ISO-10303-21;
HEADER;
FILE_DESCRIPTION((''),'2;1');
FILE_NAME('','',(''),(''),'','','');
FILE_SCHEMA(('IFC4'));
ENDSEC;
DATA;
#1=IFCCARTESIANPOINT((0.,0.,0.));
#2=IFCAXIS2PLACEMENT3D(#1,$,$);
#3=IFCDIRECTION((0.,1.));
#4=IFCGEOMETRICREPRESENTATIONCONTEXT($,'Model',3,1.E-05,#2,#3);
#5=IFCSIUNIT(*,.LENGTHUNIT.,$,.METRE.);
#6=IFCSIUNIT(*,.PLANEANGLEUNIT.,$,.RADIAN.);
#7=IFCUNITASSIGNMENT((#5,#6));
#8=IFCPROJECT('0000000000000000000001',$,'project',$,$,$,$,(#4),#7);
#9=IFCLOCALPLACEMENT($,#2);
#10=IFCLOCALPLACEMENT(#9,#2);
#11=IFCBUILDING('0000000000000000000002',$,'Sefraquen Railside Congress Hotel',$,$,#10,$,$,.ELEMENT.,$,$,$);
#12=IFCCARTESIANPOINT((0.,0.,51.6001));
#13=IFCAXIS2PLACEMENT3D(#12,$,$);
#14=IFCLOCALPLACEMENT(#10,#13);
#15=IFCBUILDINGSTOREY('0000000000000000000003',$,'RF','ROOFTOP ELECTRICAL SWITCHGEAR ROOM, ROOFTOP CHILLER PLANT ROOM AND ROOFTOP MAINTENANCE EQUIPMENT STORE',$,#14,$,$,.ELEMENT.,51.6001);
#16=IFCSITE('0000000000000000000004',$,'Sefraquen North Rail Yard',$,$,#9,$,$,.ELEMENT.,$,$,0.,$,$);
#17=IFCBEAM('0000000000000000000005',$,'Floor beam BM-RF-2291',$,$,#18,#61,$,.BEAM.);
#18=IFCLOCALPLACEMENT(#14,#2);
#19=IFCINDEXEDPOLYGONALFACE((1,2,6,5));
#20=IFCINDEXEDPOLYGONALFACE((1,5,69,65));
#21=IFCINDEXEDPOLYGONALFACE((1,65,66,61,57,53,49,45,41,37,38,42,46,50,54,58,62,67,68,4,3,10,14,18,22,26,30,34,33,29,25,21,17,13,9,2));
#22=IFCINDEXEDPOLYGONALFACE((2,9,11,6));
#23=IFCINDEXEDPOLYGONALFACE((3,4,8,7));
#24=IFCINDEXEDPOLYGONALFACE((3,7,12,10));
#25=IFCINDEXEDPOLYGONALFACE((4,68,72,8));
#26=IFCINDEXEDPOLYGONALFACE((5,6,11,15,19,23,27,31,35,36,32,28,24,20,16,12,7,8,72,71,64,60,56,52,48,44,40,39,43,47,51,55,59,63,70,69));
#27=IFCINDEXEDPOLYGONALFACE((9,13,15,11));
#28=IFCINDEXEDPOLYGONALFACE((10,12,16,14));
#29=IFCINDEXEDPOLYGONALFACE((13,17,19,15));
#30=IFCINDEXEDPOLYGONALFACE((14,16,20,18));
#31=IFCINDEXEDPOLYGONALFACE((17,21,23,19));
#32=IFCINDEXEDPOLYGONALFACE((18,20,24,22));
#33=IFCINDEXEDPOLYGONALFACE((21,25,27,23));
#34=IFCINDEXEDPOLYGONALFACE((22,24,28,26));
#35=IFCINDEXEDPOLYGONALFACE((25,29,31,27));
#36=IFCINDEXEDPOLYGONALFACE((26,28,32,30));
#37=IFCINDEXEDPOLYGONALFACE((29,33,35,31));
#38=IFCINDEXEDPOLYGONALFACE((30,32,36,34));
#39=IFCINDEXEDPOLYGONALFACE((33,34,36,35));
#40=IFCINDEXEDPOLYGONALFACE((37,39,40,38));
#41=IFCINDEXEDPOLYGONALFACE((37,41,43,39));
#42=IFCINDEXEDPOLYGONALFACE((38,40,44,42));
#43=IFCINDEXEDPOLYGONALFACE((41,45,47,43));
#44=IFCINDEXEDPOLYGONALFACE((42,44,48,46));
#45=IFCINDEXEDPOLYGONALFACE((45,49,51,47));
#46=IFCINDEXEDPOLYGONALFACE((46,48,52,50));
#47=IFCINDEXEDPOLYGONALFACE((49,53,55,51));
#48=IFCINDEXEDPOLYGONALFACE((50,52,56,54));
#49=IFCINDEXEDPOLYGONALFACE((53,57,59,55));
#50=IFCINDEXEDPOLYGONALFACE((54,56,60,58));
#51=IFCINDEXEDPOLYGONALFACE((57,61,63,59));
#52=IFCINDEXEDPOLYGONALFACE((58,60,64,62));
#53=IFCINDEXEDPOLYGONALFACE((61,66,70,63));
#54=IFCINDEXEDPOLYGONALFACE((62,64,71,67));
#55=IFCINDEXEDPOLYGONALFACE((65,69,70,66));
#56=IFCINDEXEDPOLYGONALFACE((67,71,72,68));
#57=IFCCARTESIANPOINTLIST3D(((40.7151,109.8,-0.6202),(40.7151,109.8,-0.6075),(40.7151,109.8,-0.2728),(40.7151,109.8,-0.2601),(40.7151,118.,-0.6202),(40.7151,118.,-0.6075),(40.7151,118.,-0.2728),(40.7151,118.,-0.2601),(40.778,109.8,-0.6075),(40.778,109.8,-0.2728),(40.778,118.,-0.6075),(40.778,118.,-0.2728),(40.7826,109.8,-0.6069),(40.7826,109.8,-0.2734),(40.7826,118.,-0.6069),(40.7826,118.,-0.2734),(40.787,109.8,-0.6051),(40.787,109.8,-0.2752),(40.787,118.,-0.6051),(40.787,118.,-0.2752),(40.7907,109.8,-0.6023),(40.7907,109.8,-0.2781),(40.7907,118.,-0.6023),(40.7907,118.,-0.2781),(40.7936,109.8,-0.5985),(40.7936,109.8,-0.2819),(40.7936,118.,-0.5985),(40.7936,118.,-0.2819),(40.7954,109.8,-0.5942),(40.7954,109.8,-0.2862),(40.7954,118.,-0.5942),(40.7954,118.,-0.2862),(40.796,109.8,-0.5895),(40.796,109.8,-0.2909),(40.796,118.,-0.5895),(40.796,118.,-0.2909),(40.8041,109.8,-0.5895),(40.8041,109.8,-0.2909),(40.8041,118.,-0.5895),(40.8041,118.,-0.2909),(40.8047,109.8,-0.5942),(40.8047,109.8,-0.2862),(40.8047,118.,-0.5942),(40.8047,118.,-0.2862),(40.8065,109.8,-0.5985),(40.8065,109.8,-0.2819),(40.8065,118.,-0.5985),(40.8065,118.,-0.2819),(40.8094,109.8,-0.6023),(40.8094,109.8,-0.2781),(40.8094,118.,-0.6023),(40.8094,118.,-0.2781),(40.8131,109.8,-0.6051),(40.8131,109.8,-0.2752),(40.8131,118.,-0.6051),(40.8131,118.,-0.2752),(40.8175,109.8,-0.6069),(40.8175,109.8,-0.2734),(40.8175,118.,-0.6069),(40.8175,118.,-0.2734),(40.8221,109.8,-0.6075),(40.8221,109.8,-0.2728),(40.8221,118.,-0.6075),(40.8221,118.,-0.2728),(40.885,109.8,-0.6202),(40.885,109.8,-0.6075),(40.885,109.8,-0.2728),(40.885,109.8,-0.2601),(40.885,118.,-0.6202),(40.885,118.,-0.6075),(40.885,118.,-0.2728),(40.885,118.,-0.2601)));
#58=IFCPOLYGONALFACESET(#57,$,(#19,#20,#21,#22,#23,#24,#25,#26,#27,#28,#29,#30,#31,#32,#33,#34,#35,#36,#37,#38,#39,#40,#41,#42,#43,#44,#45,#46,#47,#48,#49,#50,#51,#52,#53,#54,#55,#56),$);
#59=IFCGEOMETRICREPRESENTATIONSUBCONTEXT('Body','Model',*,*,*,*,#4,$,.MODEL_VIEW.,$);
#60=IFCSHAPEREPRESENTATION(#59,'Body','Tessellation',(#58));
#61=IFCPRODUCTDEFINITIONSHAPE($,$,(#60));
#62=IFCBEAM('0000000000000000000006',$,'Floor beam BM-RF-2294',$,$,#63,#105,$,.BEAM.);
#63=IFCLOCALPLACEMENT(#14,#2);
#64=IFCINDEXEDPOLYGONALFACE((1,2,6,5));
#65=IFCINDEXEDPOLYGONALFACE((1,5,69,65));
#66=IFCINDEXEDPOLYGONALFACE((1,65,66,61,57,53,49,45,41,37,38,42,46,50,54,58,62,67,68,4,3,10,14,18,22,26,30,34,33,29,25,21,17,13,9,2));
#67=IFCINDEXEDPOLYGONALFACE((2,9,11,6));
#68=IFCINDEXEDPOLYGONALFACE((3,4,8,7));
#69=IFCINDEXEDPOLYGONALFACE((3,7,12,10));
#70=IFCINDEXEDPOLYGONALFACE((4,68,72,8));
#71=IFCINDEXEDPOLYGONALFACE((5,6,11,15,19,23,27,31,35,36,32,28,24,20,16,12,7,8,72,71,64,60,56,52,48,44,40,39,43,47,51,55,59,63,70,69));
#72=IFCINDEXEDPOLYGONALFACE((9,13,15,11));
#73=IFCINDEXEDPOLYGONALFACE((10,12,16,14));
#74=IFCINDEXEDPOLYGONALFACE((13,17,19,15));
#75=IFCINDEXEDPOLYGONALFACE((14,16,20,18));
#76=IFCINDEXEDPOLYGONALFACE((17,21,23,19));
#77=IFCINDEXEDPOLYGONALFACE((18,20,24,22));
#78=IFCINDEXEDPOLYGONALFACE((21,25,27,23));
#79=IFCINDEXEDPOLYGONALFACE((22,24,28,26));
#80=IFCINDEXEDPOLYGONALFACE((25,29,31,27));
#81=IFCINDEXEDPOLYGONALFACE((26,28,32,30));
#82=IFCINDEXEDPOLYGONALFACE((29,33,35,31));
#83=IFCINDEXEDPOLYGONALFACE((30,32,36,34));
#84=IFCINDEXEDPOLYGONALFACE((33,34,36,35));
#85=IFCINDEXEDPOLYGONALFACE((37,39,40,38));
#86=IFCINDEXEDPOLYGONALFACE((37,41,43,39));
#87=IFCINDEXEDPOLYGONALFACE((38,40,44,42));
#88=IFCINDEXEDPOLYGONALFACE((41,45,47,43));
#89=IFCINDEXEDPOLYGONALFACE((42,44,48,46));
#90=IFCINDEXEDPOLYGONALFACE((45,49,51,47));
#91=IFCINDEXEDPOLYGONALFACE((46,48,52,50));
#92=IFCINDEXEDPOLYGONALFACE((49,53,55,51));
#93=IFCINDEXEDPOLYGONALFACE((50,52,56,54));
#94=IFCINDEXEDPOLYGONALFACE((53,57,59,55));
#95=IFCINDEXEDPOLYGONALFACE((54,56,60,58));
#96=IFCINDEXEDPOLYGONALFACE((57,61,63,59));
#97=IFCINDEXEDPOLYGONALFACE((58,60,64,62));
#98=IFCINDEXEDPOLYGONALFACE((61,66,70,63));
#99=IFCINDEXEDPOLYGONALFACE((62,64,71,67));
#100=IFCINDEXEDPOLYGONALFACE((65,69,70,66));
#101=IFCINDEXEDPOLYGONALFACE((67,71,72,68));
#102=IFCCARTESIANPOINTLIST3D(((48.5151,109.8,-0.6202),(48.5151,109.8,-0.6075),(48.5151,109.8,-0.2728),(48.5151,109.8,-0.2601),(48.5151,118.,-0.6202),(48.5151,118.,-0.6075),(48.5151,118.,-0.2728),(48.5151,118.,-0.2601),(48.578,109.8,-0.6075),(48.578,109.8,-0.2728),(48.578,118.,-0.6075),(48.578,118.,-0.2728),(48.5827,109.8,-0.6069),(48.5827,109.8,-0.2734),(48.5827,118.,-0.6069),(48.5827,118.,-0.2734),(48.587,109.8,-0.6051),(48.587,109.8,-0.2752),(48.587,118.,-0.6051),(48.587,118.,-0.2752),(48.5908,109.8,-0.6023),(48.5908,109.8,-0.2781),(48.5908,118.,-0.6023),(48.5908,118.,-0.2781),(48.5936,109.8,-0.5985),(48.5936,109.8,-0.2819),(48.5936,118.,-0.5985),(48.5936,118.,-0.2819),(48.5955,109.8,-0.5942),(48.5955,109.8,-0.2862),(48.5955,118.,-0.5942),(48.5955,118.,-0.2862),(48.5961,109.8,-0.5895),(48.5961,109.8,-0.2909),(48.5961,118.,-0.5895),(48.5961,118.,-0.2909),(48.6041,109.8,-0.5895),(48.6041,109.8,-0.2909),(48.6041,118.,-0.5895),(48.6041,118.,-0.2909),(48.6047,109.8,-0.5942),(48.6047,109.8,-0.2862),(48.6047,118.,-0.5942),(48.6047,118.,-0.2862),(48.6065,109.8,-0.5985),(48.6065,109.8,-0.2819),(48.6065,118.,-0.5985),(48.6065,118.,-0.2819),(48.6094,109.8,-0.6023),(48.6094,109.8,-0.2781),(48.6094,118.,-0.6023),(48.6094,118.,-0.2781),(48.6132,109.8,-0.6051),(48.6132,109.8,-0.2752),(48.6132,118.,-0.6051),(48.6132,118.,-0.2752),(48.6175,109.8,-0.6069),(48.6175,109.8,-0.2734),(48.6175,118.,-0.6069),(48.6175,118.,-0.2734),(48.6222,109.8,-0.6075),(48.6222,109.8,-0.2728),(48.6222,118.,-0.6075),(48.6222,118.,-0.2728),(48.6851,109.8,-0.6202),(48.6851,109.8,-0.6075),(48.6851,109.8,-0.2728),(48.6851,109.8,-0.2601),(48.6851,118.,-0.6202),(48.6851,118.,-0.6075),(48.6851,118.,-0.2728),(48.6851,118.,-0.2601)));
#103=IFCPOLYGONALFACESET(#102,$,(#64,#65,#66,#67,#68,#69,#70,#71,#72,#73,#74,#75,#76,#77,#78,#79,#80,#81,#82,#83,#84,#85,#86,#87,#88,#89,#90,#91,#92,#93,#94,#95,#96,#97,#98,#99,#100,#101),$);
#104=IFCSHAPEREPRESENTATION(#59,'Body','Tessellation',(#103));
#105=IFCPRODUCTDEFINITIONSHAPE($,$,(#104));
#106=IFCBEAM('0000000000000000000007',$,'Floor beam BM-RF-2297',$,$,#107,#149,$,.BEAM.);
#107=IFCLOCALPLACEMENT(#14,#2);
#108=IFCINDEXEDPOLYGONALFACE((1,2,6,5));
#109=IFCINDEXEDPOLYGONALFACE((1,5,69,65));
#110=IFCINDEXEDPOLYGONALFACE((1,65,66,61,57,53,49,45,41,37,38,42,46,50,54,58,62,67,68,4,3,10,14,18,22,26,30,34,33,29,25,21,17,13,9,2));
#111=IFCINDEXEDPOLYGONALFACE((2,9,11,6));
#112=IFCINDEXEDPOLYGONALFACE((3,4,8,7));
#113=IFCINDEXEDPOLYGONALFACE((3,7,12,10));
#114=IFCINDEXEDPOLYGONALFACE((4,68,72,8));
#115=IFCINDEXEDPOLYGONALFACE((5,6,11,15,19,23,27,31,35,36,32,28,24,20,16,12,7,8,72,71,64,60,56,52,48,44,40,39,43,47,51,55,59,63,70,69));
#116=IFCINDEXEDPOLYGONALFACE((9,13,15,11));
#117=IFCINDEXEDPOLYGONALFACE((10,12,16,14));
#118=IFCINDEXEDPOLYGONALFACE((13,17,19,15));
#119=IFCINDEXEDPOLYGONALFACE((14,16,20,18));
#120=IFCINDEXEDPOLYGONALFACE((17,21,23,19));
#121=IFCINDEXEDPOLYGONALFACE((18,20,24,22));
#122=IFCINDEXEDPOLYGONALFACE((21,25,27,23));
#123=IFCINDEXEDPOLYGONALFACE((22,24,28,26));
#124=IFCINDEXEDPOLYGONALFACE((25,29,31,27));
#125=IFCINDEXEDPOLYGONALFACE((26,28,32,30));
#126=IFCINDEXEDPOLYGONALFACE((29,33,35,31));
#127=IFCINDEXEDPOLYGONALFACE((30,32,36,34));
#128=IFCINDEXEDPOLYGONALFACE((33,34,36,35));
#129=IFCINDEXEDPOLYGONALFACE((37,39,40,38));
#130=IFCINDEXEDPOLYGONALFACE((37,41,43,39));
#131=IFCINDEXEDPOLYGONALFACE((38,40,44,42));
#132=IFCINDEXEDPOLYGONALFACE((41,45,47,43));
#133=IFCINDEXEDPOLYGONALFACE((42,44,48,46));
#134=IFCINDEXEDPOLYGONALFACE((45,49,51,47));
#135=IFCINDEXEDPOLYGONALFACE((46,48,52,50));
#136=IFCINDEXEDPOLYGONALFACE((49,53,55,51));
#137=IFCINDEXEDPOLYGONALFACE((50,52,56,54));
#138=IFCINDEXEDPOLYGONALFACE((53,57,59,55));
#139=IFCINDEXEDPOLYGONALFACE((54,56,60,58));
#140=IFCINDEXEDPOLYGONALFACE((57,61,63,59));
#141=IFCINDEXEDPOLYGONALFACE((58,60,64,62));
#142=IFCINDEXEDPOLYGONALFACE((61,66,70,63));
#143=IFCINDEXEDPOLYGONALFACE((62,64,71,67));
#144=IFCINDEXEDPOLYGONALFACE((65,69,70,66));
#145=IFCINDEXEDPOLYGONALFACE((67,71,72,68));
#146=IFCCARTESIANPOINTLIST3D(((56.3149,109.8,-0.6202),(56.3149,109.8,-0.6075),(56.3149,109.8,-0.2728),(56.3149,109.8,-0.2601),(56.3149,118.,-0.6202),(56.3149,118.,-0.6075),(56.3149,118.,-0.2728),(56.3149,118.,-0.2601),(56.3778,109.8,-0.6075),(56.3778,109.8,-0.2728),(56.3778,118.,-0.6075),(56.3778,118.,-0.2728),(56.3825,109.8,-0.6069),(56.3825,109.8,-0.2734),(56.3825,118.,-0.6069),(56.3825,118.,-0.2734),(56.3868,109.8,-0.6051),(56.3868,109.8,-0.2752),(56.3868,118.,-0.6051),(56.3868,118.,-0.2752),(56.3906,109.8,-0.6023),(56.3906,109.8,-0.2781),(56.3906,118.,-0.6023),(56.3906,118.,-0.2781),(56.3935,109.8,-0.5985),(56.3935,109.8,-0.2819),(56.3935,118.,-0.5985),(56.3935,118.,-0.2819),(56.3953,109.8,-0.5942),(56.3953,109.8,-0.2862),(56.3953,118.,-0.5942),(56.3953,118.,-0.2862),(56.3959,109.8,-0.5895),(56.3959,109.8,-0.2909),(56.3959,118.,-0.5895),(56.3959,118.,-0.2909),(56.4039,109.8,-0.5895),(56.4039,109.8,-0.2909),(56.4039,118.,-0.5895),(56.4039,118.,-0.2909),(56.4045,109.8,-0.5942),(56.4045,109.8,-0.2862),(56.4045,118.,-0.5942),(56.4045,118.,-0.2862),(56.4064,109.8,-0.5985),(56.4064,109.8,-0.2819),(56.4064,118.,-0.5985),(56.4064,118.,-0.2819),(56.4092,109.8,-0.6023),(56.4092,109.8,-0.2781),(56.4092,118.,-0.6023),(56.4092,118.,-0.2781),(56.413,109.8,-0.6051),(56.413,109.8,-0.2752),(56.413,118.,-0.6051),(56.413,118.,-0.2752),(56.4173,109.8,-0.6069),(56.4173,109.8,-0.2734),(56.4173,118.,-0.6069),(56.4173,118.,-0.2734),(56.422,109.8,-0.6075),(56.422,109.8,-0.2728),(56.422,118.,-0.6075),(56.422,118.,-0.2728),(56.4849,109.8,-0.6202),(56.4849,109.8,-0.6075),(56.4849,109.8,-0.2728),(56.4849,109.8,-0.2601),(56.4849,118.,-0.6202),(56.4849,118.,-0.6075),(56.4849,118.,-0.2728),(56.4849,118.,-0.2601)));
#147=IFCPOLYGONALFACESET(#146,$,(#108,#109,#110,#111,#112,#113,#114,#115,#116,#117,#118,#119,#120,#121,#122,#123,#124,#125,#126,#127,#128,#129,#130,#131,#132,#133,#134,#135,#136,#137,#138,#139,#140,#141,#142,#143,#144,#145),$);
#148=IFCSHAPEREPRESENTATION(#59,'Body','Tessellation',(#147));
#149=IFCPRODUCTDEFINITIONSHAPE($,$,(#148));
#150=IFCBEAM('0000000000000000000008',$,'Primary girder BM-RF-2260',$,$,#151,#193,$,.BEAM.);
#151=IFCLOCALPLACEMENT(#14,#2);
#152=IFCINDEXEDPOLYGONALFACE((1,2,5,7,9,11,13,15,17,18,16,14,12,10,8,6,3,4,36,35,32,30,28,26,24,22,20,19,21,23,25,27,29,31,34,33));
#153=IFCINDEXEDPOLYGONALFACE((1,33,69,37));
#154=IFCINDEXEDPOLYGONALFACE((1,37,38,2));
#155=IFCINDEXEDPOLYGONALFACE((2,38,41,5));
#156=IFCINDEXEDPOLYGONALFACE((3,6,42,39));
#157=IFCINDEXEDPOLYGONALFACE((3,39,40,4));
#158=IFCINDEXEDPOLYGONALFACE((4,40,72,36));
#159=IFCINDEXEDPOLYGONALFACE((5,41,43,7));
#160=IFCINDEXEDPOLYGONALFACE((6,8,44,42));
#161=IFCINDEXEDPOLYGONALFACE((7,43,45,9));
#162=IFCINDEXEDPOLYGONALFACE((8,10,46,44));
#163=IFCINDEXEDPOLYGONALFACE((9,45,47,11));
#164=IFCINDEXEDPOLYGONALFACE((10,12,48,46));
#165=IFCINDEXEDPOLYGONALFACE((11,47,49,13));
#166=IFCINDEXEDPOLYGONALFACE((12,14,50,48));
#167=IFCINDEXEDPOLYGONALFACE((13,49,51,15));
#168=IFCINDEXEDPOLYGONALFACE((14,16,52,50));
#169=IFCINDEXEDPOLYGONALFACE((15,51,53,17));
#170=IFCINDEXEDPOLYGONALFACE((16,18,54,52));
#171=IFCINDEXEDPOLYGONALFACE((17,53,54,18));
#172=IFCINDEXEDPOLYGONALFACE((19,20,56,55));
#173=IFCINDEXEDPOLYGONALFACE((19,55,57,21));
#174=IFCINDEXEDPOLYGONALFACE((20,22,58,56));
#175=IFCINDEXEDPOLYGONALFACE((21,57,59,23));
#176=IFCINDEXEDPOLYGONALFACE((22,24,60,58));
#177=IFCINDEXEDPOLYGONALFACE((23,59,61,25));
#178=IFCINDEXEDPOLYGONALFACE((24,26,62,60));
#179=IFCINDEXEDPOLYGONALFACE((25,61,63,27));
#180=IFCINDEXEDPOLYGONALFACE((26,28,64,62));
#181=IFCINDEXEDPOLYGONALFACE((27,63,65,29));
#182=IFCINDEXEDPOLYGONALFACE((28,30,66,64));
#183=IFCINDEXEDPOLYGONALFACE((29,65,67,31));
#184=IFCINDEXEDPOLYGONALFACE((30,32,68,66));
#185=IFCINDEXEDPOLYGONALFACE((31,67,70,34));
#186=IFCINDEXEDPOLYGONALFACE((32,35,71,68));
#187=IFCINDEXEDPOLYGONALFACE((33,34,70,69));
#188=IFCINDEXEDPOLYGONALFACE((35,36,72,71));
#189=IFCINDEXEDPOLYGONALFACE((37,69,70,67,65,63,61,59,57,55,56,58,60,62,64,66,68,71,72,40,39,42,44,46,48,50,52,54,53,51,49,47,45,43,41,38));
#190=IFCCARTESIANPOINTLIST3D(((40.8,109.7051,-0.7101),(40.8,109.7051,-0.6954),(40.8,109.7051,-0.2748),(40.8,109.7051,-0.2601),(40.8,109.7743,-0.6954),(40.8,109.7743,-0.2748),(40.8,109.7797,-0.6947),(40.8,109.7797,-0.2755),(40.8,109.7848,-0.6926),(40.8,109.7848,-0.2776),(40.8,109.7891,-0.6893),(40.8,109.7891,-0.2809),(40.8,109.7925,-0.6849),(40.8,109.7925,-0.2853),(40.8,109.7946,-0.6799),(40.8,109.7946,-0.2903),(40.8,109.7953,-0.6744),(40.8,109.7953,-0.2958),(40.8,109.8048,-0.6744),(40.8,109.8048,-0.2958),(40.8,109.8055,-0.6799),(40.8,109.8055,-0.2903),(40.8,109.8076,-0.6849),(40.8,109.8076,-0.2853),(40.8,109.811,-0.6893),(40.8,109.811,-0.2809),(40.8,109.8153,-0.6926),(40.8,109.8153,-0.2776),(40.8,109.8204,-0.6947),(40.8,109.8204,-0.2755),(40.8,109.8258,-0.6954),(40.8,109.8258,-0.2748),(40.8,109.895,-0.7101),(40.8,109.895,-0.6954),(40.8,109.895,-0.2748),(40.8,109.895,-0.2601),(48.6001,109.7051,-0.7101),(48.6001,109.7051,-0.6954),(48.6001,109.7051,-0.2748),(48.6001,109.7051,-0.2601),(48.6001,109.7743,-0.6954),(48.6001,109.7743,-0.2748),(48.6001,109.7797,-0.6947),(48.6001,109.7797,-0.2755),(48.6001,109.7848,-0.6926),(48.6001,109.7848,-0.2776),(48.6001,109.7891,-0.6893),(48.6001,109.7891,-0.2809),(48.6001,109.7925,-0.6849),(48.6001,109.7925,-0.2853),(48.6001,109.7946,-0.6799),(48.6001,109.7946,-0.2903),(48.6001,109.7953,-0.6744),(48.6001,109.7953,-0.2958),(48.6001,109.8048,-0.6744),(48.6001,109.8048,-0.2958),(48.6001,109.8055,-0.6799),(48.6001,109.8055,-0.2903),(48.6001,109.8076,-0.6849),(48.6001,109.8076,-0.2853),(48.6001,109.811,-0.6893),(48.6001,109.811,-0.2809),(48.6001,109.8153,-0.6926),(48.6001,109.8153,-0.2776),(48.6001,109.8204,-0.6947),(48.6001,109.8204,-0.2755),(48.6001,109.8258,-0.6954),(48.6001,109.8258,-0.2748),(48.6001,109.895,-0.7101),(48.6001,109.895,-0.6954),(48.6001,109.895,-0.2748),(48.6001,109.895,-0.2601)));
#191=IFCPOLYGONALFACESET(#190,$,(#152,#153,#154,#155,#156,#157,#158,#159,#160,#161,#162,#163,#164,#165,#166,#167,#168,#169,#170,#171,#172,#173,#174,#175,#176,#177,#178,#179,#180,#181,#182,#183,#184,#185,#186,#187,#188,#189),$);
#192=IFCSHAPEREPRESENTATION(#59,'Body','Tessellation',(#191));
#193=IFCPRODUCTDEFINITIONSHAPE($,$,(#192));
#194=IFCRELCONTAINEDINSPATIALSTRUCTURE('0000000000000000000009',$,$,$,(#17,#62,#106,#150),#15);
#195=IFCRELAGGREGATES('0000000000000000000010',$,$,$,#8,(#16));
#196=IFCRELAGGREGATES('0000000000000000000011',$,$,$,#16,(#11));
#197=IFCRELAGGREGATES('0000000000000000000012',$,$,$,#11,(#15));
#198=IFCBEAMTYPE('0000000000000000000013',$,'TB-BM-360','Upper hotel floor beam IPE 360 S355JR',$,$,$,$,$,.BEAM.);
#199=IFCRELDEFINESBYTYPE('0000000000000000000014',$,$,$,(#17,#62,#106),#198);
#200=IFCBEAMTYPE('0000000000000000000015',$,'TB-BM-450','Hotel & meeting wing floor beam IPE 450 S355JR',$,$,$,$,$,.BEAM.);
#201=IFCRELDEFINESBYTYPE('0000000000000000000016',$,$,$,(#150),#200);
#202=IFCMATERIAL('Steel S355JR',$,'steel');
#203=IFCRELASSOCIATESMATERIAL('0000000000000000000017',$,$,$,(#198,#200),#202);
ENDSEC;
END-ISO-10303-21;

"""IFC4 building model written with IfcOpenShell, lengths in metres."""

from ifc_helpers import new_model, si_unit, direction, frame, origin, origin_2d, place, context, subcontext, project, spatial, i_section, extrude, material, material_profile, profile_set, type_object, element, save


model = new_model("IFC4")

# Units and contexts
model_context = context("Model", 3, precision=1e-05, world=origin(), true_north=direction((0.0, 1.0)))
body_context = subcontext(model_context, "Body", "Model", "MODEL_VIEW")
ifc_project = project(units=[si_unit("LENGTHUNIT", "METRE"), si_unit("PLANEANGLEUNIT", "RADIAN")], contexts=[model_context])

# Site, building, storey
site_placement = place(None, origin())
site = spatial("IfcSite", under=ifc_project, at=site_placement, Name="Sefraquen North Rail Yard", CompositionType="ELEMENT", RefElevation=0.0)
building_placement = place(site_placement, origin())
building = spatial("IfcBuilding", under=site, at=building_placement, Name="Sefraquen Railside Congress Hotel", CompositionType="ELEMENT")
storey_placement = place(building_placement, frame((0.0, 0.0, 51.6001)))
storey = spatial("IfcBuildingStorey", under=building, at=storey_placement, Name="RF", Description="ROOFTOP ELECTRICAL SWITCHGEAR ROOM, ROOFTOP CHILLER PLANT ROOM AND ROOFTOP MAINTENANCE EQUIPMENT STORE", CompositionType="ELEMENT", Elevation=51.6001)

# Beams
ifc_material_1 = material(Name="Steel S355JR", Category="steel")
ifc_material_profile_1 = material_profile(ifc_material_1, i_section(OverallWidth=0.1699, OverallDepth=0.3601, WebThickness=0.0081, FlangeThickness=0.0127, FilletRadius=0.0181, at=origin_2d()), Name="IPE 360")
ifc_profile_set_1 = profile_set([ifc_material_profile_1], Name="Steel S355JR")
beam_type_1 = type_object("IfcBeamType", Name="TB-BM-360", Description="Upper hotel floor beam IPE 360 S355JR", PredefinedType="BEAM", material=ifc_profile_set_1)
for number, where, z_axis, x_axis, name in (
    (1, (40.8, 109.8, -0.4402), (0.0, 1.0, 0.0), (-1.0, 0.0, 0.0), "Floor beam BM-RF-2291"),
    (2, (48.6001, 109.8, -0.4402), (0.0, 1.0, 0.0), (-1.0, 0.0, 0.0), "Floor beam BM-RF-2294"),
    (3, (56.3999, 109.8, -0.4402), (0.0, 1.0, 0.0), (-1.0, 0.0, 0.0), "Floor beam BM-RF-2297"),
):
    element("IfcBeam", number, at=place(storey_placement, frame(where, z_axis=z_axis, x_axis=x_axis)), inside=storey, type_object=beam_type_1, Name=name, PredefinedType="BEAM", context=body_context, shape_type="SweptSolid", body=[
        extrude(i_section(OverallWidth=0.1699, OverallDepth=0.3601, WebThickness=0.0081, FlangeThickness=0.0127, FilletRadius=0.0181, at=origin_2d()), origin(), (0.0, 0.0, 1.0), 8.2),
    ])
ifc_material_profile_2 = material_profile(ifc_material_1, i_section(OverallWidth=0.1899, OverallDepth=0.45, WebThickness=0.0095, FlangeThickness=0.0146, FilletRadius=0.021, at=origin_2d()), Name="IPE 450")
ifc_profile_set_2 = profile_set([ifc_material_profile_2], Name="Steel S355JR")
beam_type_2 = type_object("IfcBeamType", Name="TB-BM-450", Description="Hotel & meeting wing floor beam IPE 450 S355JR", PredefinedType="BEAM", material=ifc_profile_set_2)
beam_1_placement = place(storey_placement, frame((40.8, 109.8, -0.4851), z_axis=(1.0, 0.0, 0.0), x_axis=(0.0, 1.0, 0.0)))
element("IfcBeam", 4, at=beam_1_placement, inside=storey, type_object=beam_type_2, Name="Primary girder BM-RF-2260", PredefinedType="BEAM", context=body_context, shape_type="SweptSolid", body=[
    extrude(i_section(OverallWidth=0.1899, OverallDepth=0.45, WebThickness=0.0095, FlangeThickness=0.0146, FilletRadius=0.021, at=origin_2d()), origin(), (0.0, 0.0, 1.0), 7.8),
])

save(model, "model.ifc")
